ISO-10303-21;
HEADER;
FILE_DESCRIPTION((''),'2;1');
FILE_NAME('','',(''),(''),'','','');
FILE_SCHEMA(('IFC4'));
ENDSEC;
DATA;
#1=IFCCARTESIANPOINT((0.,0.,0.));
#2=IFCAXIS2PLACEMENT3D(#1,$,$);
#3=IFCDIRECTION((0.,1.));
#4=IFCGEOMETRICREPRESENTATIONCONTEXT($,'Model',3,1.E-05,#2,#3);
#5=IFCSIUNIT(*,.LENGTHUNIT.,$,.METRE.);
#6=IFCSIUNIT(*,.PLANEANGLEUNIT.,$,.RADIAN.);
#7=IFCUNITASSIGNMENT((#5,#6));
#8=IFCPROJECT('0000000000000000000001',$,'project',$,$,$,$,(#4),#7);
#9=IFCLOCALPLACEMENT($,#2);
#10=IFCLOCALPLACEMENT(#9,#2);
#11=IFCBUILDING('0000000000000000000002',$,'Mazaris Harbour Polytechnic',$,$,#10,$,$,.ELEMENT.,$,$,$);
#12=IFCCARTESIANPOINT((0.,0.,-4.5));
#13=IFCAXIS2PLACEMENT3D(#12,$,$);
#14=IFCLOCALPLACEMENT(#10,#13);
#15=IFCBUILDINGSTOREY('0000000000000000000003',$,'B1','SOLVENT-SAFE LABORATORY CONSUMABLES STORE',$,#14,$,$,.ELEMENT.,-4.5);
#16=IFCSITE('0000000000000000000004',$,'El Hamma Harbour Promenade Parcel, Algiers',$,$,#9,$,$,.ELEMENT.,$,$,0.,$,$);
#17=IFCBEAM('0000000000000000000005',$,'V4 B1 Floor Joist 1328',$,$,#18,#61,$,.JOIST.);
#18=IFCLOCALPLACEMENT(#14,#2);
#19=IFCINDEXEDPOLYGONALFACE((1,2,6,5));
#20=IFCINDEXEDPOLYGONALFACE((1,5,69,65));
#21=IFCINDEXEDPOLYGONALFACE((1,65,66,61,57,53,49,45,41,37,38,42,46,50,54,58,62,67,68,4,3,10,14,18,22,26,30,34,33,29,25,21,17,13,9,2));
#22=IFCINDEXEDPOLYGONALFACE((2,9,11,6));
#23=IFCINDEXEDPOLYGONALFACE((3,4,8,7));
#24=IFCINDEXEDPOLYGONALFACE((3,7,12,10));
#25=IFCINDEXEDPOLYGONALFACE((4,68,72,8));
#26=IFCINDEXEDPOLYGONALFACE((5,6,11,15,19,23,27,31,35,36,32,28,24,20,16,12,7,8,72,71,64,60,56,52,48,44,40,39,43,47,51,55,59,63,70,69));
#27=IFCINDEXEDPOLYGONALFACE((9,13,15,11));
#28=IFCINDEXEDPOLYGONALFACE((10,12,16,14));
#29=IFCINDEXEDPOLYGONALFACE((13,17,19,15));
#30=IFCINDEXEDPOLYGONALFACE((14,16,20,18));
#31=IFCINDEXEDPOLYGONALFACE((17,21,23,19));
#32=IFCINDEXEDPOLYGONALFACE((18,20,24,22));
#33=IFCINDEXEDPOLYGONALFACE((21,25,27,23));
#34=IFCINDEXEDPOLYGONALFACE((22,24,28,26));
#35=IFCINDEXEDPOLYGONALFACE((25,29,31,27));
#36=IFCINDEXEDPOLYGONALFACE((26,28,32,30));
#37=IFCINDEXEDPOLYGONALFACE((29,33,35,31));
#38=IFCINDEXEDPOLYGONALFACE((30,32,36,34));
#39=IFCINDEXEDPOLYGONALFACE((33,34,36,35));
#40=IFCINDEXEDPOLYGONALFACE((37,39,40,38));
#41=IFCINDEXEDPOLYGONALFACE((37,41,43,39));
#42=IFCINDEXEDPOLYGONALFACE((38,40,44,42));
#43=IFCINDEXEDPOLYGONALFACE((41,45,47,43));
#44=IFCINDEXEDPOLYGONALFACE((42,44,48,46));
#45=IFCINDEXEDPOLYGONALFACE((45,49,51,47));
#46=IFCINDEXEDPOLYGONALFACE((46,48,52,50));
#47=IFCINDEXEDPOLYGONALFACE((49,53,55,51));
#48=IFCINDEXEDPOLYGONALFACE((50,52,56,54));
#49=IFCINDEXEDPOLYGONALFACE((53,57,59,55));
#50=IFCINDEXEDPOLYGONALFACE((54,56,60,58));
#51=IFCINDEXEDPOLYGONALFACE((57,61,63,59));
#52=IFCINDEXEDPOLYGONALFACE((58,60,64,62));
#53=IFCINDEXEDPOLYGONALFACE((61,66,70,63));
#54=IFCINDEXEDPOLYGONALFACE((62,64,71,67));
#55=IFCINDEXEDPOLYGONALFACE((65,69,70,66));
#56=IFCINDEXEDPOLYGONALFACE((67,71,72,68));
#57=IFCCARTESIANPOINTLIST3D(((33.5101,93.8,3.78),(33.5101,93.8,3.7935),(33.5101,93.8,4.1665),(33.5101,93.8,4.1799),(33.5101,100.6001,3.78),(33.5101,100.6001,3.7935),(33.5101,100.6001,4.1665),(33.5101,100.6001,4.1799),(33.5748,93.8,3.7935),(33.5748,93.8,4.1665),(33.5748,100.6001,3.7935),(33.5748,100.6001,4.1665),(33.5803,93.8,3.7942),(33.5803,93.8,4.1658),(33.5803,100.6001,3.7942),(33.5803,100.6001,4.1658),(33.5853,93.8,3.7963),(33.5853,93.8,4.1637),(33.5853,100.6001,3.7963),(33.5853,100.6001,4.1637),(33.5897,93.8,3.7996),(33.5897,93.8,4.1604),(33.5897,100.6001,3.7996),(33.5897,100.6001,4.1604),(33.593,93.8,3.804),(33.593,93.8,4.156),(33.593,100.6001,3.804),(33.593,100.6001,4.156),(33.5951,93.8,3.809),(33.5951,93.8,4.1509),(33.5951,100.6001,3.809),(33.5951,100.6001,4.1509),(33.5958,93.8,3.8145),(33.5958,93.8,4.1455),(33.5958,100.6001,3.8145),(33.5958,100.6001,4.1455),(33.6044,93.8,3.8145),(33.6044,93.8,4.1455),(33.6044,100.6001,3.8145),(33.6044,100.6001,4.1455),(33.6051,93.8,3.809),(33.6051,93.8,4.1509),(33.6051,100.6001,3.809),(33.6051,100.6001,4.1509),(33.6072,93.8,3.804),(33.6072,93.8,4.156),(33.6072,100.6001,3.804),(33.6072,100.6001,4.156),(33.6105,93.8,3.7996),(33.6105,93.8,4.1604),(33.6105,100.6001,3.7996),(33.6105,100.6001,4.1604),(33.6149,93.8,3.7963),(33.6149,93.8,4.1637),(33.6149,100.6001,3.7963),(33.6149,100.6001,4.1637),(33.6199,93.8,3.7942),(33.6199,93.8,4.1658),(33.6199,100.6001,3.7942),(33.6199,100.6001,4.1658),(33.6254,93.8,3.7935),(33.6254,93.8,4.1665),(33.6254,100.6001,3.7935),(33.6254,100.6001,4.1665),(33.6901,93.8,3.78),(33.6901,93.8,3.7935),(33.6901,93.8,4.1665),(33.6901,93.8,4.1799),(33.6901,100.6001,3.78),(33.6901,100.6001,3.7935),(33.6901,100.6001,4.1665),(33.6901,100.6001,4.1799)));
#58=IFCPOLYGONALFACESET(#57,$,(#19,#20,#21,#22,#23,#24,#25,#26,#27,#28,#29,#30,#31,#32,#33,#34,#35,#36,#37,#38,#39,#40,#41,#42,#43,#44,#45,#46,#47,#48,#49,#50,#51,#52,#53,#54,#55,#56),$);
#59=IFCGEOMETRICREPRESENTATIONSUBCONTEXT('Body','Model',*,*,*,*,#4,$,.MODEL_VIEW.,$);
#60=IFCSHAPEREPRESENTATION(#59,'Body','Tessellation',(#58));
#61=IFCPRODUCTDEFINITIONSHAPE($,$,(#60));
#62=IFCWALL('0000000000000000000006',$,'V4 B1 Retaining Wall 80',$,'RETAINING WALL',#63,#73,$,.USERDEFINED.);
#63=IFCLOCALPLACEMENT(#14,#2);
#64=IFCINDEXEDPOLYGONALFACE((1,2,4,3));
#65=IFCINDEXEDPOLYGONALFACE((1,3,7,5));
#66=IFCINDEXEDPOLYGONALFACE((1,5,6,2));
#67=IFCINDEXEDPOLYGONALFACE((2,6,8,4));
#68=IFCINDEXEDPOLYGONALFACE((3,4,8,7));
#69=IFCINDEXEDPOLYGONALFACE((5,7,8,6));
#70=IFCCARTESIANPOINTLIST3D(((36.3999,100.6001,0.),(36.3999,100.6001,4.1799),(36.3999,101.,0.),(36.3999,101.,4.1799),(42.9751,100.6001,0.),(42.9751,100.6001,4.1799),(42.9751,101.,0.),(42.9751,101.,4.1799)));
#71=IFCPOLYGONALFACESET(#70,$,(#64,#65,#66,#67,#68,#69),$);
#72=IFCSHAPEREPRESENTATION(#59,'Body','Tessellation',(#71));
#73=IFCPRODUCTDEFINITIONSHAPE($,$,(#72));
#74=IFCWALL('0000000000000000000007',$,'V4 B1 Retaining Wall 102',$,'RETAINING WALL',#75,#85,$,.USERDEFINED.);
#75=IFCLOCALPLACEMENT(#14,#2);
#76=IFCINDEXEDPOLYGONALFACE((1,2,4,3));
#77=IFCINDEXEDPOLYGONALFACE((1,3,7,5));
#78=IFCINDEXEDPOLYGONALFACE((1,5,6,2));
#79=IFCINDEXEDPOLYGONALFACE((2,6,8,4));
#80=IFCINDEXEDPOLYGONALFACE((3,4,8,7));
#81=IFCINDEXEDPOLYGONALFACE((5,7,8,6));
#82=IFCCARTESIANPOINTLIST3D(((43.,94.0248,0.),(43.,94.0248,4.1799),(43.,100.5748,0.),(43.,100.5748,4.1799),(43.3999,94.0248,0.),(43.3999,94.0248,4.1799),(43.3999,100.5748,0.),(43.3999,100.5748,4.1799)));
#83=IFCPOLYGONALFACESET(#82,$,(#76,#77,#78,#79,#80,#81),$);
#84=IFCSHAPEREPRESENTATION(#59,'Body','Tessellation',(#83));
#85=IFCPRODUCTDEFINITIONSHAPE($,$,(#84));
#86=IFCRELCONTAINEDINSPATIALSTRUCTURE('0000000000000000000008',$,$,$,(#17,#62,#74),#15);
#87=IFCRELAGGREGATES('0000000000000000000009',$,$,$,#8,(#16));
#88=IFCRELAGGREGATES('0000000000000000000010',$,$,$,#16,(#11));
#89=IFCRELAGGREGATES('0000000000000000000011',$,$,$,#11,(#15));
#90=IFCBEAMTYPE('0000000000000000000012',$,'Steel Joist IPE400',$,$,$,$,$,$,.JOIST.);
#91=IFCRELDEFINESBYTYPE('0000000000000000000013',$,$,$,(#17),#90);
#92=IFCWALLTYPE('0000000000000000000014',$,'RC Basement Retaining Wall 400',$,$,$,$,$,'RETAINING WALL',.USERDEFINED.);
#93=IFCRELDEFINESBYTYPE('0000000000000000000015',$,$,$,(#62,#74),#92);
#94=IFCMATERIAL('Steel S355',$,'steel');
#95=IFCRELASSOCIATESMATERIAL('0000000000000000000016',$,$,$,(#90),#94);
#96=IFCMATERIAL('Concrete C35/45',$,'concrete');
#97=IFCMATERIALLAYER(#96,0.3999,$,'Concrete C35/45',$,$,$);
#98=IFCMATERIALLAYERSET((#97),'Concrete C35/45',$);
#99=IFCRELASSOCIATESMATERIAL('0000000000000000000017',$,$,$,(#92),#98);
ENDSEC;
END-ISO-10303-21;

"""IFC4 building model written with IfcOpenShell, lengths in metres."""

from ifc_helpers import new_model, si_unit, direction, frame, frame_2d, origin, origin_2d, place, context, subcontext, project, spatial, rectangle, i_section, extrude, material, layer, layer_set, material_profile, profile_set, type_object, element, save


model = new_model("IFC4")

# Units and contexts
model_context = context("Model", 3, precision=1e-05, world=origin(), true_north=direction((0.0, 1.0)))
body_context = subcontext(model_context, "Body", "Model", "MODEL_VIEW")
ifc_project = project(units=[si_unit("LENGTHUNIT", "METRE"), si_unit("PLANEANGLEUNIT", "RADIAN")], contexts=[model_context])

# Site, building, storey
site_placement = place(None, origin())
site = spatial("IfcSite", under=ifc_project, at=site_placement, Name="El Hamma Harbour Promenade Parcel, Algiers", CompositionType="ELEMENT", RefElevation=0.0)
building_placement = place(site_placement, origin())
building = spatial("IfcBuilding", under=site, at=building_placement, Name="Mazaris Harbour Polytechnic", CompositionType="ELEMENT")
storey_placement = place(building_placement, frame((0.0, 0.0, -4.5)))
storey = spatial("IfcBuildingStorey", under=building, at=storey_placement, Name="B1", Description="SOLVENT-SAFE LABORATORY CONSUMABLES STORE", CompositionType="ELEMENT", Elevation=-4.5)

# Beam
ifc_material_1 = material(Name="Steel S355", Category="steel")
ifc_material_profile_1 = material_profile(ifc_material_1, i_section(OverallWidth=0.1799, OverallDepth=0.3999, WebThickness=0.0085, FlangeThickness=0.0134, FilletRadius=0.021, at=origin_2d()), Name="IPE 400")
ifc_profile_set_1 = profile_set([ifc_material_profile_1], Name="Steel S355")
beam_type_1 = type_object("IfcBeamType", Name="Steel Joist IPE400", PredefinedType="JOIST", material=ifc_profile_set_1)
beam_1_placement = place(storey_placement, frame((33.6001, 93.8, 3.98), z_axis=(0.0, 1.0, 0.0), x_axis=(-1.0, 0.0, 0.0)))
element("IfcBeam", 1, at=beam_1_placement, inside=storey, type_object=beam_type_1, Name="V4 B1 Floor Joist 1328", PredefinedType="JOIST", context=body_context, shape_type="SweptSolid", body=[
    extrude(i_section(OverallWidth=0.1799, OverallDepth=0.3999, WebThickness=0.0085, FlangeThickness=0.0134, FilletRadius=0.021, at=origin_2d()), origin(), (0.0, 0.0, 1.0), 6.8),
])

# Walls
ifc_material_2 = material(Name="Concrete C35/45", Category="concrete")
ifc_layer = layer(ifc_material_2, 0.3999, Name="Concrete C35/45")
ifc_layer_set = layer_set([ifc_layer], Name="Concrete C35/45")
wall_type = type_object("IfcWallType", Name="RC Basement Retaining Wall 400", ElementType="RETAINING WALL", PredefinedType="USERDEFINED", material=ifc_layer_set)
wall_1_placement = place(storey_placement, frame((36.3999, 100.8, 0.0), z_axis=(0.0, 0.0, 1.0), x_axis=(1.0, 0.0, 0.0)))
element("IfcWall", 2, at=wall_1_placement, inside=storey, type_object=wall_type, Name="V4 B1 Retaining Wall 80", ObjectType="RETAINING WALL", PredefinedType="USERDEFINED", context=body_context, shape_type="SweptSolid", body=[
    extrude(rectangle(XDim=6.5752, YDim=0.3999, at=frame_2d((3.2876, 0.0))), origin(), (0.0, 0.0, 1.0), 4.1799),
])
wall_2_placement = place(storey_placement, frame((43.2, 94.0249, 0.0), z_axis=(0.0, 0.0, 1.0), x_axis=(0.0, 1.0, 0.0)))
element("IfcWall", 3, at=wall_2_placement, inside=storey, type_object=wall_type, Name="V4 B1 Retaining Wall 102", ObjectType="RETAINING WALL", PredefinedType="USERDEFINED", context=body_context, shape_type="SweptSolid", body=[
    extrude(rectangle(XDim=6.55, YDim=0.3999, at=frame_2d((3.2749, 0.0))), origin(), (0.0, 0.0, 1.0), 4.1799),
])

save(model, "model.ifc")
